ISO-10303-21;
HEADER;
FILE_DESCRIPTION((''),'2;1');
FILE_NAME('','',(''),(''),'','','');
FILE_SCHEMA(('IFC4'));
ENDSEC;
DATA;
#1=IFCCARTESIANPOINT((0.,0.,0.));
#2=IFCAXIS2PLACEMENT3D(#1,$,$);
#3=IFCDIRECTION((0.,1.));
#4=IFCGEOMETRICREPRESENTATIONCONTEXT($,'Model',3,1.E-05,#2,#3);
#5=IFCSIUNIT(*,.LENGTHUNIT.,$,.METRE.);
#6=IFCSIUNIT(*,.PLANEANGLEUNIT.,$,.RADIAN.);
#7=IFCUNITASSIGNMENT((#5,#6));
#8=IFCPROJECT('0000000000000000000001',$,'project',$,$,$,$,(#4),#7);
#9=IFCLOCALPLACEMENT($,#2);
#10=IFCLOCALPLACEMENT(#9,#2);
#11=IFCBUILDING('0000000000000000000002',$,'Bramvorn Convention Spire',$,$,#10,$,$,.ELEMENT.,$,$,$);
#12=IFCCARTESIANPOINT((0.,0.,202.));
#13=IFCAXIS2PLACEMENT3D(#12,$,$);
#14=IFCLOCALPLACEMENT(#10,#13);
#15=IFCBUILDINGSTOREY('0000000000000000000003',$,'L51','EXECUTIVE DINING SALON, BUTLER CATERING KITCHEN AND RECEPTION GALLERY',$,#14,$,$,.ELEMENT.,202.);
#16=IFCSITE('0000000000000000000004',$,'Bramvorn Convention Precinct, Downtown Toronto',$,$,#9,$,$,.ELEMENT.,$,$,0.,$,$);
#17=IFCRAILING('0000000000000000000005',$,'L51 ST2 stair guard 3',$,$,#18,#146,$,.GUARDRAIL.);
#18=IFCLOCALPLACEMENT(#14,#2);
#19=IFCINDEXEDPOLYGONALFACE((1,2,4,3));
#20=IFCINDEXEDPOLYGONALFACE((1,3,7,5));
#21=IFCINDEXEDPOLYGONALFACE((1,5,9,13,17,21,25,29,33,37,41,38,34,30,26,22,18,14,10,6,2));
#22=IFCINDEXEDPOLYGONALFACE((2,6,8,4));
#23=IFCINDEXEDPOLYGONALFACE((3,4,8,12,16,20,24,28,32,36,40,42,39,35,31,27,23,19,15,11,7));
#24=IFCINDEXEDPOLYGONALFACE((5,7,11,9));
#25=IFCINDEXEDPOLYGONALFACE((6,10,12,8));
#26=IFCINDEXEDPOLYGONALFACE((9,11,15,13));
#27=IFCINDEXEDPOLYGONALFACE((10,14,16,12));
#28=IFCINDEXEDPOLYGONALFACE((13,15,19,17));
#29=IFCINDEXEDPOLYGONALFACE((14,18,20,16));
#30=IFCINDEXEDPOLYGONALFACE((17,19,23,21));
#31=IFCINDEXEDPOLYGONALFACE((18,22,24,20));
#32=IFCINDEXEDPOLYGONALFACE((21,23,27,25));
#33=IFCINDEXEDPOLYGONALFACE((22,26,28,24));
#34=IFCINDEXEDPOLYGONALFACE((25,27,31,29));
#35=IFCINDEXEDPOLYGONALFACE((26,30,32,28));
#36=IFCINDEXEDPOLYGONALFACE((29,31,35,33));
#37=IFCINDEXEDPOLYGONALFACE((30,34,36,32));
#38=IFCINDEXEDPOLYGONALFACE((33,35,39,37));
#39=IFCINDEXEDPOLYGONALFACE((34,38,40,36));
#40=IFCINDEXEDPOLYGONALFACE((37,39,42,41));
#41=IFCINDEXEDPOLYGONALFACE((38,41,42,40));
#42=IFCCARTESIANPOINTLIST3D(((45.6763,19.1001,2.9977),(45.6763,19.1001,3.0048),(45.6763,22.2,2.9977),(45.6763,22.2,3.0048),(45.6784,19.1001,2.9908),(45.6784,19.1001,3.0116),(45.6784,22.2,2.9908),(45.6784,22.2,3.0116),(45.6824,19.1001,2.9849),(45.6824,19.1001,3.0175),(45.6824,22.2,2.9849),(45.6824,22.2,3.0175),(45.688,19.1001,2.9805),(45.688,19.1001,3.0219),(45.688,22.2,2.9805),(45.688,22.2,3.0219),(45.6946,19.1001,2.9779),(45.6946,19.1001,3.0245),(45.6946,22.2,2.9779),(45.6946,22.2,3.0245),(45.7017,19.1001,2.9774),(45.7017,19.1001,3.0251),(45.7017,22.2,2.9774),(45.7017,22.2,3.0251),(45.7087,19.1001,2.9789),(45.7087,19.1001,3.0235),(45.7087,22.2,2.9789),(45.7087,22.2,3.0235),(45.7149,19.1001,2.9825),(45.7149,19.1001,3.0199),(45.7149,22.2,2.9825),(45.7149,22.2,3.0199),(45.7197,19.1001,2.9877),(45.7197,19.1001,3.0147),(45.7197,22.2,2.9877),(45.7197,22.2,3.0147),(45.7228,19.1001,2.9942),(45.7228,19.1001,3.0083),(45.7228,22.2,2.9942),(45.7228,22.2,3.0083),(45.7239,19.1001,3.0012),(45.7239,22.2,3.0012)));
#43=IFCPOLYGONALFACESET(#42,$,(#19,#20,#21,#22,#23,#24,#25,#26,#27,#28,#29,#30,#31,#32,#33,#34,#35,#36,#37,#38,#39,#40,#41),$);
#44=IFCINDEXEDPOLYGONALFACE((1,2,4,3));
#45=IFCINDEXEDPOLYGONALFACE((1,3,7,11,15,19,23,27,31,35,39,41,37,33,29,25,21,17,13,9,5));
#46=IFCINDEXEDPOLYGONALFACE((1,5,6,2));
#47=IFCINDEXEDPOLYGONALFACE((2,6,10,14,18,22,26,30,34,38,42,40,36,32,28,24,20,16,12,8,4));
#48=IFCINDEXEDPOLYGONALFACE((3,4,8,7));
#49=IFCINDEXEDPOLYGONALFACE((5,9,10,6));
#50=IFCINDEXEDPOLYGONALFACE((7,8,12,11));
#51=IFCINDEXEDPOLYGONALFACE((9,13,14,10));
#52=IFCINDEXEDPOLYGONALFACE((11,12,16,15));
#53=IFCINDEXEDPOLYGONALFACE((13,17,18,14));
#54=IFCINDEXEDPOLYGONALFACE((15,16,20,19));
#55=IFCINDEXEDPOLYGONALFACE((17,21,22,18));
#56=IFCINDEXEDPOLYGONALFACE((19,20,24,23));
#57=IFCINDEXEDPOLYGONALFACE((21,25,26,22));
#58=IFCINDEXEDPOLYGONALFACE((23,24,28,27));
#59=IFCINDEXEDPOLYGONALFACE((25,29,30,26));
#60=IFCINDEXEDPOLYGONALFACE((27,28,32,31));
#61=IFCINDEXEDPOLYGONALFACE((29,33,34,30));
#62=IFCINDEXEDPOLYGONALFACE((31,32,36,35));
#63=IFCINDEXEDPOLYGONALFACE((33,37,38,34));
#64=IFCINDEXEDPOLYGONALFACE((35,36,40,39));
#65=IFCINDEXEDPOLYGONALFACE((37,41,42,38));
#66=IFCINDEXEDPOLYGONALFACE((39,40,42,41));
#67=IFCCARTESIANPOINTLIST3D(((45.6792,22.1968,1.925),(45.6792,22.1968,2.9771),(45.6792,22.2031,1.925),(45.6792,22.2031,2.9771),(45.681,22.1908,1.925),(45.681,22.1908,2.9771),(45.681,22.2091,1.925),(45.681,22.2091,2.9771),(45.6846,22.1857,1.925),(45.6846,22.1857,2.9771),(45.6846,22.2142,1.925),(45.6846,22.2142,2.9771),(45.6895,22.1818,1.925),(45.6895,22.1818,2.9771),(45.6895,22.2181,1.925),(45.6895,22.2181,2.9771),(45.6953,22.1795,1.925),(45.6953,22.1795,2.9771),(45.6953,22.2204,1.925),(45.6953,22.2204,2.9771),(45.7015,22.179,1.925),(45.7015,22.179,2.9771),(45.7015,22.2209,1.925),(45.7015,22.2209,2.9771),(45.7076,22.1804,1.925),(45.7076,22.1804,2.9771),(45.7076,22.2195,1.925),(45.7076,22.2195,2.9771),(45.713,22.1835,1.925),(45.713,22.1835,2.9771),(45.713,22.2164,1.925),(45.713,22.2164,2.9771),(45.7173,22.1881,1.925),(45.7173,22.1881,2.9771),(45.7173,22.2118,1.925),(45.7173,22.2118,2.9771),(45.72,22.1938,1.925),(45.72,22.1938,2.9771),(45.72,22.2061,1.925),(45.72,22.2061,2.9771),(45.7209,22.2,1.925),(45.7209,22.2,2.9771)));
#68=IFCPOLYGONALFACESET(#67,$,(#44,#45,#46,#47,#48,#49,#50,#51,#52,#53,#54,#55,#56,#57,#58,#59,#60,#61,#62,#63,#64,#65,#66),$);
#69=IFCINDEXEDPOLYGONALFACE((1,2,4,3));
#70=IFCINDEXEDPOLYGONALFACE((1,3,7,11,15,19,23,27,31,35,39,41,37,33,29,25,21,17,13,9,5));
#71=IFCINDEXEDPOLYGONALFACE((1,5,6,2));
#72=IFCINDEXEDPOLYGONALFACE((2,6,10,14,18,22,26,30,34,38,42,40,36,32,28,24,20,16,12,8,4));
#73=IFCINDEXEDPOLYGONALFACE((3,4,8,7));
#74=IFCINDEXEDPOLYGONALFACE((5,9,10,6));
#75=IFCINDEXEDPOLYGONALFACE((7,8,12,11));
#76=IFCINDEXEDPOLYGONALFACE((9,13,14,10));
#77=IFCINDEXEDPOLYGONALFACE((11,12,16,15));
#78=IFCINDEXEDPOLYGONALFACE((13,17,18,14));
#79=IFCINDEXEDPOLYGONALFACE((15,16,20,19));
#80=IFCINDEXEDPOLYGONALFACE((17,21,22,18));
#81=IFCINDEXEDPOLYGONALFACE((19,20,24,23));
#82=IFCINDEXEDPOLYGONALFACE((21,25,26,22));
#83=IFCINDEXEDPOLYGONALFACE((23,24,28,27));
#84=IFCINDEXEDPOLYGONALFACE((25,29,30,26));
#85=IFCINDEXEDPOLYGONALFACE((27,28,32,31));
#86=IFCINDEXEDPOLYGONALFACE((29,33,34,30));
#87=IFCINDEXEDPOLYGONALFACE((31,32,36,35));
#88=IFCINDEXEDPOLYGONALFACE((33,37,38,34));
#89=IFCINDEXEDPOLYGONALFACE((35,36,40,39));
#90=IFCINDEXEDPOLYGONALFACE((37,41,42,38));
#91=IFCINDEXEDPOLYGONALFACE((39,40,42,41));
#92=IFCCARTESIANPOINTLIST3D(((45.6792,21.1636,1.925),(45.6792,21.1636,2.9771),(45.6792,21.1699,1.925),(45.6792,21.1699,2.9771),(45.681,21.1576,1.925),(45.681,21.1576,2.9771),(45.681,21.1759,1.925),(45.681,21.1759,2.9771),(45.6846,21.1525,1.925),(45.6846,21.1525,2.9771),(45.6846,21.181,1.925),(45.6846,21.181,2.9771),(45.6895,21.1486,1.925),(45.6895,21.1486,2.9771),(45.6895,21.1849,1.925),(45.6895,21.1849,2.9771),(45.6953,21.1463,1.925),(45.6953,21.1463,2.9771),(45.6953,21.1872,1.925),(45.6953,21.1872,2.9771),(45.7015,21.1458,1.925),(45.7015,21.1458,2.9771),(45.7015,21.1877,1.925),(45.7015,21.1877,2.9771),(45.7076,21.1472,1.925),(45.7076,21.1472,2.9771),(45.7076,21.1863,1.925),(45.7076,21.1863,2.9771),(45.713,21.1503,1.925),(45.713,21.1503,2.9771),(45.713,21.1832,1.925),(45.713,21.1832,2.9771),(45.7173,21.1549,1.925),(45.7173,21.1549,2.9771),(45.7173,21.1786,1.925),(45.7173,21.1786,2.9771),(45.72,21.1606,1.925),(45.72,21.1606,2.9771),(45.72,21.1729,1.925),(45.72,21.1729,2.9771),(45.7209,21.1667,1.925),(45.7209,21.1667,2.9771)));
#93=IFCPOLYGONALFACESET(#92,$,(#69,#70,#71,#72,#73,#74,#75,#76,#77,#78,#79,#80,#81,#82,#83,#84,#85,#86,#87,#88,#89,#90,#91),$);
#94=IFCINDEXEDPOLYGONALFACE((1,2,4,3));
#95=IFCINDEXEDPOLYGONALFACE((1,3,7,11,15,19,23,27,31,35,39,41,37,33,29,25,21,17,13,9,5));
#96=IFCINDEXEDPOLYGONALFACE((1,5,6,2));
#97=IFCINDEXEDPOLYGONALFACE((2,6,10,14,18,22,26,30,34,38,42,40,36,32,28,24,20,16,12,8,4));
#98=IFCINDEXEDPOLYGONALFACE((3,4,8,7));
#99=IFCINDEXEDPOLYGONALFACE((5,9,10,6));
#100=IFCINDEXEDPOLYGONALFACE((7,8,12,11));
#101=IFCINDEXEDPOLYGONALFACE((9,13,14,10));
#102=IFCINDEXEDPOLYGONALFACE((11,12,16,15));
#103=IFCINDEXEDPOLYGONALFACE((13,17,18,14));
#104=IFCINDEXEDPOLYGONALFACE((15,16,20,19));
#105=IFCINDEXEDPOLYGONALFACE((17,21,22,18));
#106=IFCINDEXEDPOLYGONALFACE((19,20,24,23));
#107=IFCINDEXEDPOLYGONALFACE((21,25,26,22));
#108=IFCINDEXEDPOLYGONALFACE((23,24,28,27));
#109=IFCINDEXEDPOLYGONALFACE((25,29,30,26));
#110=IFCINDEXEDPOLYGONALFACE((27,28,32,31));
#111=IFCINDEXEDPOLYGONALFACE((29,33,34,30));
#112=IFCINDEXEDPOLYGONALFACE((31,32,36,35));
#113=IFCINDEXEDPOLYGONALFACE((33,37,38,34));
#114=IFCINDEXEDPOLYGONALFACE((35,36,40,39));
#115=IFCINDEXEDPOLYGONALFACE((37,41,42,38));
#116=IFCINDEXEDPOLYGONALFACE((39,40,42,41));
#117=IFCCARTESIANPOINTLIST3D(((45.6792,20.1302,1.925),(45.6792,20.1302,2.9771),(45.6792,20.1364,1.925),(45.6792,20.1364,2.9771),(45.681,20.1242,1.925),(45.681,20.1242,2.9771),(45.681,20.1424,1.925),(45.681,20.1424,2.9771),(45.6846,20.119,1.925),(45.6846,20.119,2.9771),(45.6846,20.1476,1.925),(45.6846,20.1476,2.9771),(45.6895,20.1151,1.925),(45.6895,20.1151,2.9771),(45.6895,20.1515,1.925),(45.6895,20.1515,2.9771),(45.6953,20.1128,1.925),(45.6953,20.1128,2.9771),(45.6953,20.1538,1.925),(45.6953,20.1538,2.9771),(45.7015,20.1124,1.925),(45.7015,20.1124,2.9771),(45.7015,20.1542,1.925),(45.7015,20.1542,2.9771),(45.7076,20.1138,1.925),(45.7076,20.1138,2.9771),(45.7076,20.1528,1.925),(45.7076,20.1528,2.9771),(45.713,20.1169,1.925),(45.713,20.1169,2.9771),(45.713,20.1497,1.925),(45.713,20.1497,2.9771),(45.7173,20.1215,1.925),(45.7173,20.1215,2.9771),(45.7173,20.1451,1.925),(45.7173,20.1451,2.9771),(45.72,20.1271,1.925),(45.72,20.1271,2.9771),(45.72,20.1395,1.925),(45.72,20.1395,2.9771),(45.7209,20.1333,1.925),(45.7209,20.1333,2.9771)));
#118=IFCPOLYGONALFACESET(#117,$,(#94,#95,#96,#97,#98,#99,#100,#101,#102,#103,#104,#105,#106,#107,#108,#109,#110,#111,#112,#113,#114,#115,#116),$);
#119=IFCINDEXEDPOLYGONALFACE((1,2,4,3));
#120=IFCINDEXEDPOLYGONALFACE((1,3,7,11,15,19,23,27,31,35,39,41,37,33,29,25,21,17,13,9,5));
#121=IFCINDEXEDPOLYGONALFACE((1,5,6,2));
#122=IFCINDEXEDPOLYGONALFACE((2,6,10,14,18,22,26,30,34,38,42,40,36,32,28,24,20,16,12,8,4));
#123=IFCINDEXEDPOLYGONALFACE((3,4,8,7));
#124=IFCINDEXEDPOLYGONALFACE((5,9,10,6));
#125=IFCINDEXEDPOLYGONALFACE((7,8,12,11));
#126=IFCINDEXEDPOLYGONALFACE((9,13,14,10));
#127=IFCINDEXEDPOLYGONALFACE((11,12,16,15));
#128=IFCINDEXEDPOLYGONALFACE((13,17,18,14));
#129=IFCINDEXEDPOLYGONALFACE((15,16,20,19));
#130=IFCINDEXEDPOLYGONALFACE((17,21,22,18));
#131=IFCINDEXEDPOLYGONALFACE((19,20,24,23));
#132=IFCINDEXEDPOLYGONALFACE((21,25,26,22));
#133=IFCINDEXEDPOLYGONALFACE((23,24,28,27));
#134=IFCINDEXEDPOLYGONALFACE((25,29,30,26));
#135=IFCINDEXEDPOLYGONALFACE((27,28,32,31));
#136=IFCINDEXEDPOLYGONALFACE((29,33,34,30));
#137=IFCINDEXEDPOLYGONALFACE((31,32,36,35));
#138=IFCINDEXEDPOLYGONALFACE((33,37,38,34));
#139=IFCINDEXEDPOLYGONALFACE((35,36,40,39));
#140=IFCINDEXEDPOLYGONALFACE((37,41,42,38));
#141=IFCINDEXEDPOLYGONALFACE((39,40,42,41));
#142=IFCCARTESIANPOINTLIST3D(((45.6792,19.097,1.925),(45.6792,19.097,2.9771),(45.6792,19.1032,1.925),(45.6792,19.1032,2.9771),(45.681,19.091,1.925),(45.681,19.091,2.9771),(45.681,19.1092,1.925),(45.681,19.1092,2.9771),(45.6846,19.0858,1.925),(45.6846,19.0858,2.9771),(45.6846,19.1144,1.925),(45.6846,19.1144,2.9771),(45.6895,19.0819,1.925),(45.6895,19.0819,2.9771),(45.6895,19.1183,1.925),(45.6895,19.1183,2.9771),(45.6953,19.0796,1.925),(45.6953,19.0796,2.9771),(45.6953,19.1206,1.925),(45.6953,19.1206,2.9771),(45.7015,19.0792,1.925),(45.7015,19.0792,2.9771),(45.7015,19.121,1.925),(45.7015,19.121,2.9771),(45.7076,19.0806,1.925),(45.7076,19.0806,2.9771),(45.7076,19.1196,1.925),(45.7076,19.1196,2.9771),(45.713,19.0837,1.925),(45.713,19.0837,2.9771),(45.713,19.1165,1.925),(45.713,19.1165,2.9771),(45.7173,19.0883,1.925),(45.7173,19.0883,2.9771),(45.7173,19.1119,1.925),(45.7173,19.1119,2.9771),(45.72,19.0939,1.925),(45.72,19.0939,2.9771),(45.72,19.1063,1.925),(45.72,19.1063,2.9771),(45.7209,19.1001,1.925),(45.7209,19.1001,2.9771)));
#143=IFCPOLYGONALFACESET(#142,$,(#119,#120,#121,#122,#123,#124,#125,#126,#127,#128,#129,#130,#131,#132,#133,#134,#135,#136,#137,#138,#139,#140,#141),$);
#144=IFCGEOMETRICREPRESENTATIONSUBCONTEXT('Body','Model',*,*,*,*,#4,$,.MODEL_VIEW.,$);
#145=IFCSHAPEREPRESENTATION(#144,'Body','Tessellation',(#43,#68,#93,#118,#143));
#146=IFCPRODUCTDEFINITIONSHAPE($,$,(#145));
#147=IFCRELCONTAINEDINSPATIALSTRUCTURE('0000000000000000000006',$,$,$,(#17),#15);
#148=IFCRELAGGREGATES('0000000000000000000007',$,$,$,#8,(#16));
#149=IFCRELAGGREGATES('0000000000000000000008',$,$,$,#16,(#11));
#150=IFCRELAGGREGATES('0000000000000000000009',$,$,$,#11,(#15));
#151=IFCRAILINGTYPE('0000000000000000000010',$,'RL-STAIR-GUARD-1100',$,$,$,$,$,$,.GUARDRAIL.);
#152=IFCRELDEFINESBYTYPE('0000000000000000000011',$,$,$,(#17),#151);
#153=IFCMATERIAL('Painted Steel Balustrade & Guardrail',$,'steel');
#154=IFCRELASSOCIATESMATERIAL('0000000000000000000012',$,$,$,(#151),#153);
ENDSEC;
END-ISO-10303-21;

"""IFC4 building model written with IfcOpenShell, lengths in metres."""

from ifc_helpers import new_model, si_unit, direction, frame, origin, origin_2d, place, context, subcontext, project, spatial, circle, extrude, material, type_object, element, save


model = new_model("IFC4")

# Units and contexts
model_context = context("Model", 3, precision=1e-05, world=origin(), true_north=direction((0.0, 1.0)))
body_context = subcontext(model_context, "Body", "Model", "MODEL_VIEW")
ifc_project = project(units=[si_unit("LENGTHUNIT", "METRE"), si_unit("PLANEANGLEUNIT", "RADIAN")], contexts=[model_context])

# Site, building, storey
site_placement = place(None, origin())
site = spatial("IfcSite", under=ifc_project, at=site_placement, Name="Bramvorn Convention Precinct, Downtown Toronto", CompositionType="ELEMENT", RefElevation=0.0)
building_placement = place(site_placement, origin())
building = spatial("IfcBuilding", under=site, at=building_placement, Name="Bramvorn Convention Spire", CompositionType="ELEMENT")
storey_placement = place(building_placement, frame((0.0, 0.0, 202.0)))
storey = spatial("IfcBuildingStorey", under=building, at=storey_placement, Name="L51", Description="EXECUTIVE DINING SALON, BUTLER CATERING KITCHEN AND RECEPTION GALLERY", CompositionType="ELEMENT", Elevation=202.0)

# Railing
ifc_material_1 = material(Name="Painted Steel Balustrade & Guardrail", Category="steel")
railing_type_1 = type_object("IfcRailingType", Name="RL-STAIR-GUARD-1100", PredefinedType="GUARDRAIL", material=ifc_material_1)
railing_1_placement = place(storey_placement, frame((45.7, 22.2, 1.925)))
element("IfcRailing", 1, at=railing_1_placement, inside=storey, type_object=railing_type_1, Name="L51 ST2 stair guard 3", PredefinedType="GUARDRAIL", context=body_context, shape_type="SweptSolid", body=[
    extrude(circle(Radius=0.0239, at=origin_2d()), frame((0.0, 0.0, 1.0762), z_axis=(0.0, -1.0, 0.0), x_axis=(1.0, 0.0, 0.0)), (0.0, 0.0, 1.0), 3.0999),
    extrude(circle(Radius=0.021, at=origin_2d()), origin(), (0.0, 0.0, 1.0), 1.052),
    extrude(circle(Radius=0.021, at=origin_2d()), frame((0.0, -1.0332, 0.0)), (0.0, 0.0, 1.0), 1.052),
    extrude(circle(Radius=0.021, at=origin_2d()), frame((0.0, -2.0667, 0.0)), (0.0, 0.0, 1.0), 1.052),
    extrude(circle(Radius=0.021, at=origin_2d()), frame((0.0, -3.0999, 0.0)), (0.0, 0.0, 1.0), 1.052),
])

save(model, "model.ifc")
